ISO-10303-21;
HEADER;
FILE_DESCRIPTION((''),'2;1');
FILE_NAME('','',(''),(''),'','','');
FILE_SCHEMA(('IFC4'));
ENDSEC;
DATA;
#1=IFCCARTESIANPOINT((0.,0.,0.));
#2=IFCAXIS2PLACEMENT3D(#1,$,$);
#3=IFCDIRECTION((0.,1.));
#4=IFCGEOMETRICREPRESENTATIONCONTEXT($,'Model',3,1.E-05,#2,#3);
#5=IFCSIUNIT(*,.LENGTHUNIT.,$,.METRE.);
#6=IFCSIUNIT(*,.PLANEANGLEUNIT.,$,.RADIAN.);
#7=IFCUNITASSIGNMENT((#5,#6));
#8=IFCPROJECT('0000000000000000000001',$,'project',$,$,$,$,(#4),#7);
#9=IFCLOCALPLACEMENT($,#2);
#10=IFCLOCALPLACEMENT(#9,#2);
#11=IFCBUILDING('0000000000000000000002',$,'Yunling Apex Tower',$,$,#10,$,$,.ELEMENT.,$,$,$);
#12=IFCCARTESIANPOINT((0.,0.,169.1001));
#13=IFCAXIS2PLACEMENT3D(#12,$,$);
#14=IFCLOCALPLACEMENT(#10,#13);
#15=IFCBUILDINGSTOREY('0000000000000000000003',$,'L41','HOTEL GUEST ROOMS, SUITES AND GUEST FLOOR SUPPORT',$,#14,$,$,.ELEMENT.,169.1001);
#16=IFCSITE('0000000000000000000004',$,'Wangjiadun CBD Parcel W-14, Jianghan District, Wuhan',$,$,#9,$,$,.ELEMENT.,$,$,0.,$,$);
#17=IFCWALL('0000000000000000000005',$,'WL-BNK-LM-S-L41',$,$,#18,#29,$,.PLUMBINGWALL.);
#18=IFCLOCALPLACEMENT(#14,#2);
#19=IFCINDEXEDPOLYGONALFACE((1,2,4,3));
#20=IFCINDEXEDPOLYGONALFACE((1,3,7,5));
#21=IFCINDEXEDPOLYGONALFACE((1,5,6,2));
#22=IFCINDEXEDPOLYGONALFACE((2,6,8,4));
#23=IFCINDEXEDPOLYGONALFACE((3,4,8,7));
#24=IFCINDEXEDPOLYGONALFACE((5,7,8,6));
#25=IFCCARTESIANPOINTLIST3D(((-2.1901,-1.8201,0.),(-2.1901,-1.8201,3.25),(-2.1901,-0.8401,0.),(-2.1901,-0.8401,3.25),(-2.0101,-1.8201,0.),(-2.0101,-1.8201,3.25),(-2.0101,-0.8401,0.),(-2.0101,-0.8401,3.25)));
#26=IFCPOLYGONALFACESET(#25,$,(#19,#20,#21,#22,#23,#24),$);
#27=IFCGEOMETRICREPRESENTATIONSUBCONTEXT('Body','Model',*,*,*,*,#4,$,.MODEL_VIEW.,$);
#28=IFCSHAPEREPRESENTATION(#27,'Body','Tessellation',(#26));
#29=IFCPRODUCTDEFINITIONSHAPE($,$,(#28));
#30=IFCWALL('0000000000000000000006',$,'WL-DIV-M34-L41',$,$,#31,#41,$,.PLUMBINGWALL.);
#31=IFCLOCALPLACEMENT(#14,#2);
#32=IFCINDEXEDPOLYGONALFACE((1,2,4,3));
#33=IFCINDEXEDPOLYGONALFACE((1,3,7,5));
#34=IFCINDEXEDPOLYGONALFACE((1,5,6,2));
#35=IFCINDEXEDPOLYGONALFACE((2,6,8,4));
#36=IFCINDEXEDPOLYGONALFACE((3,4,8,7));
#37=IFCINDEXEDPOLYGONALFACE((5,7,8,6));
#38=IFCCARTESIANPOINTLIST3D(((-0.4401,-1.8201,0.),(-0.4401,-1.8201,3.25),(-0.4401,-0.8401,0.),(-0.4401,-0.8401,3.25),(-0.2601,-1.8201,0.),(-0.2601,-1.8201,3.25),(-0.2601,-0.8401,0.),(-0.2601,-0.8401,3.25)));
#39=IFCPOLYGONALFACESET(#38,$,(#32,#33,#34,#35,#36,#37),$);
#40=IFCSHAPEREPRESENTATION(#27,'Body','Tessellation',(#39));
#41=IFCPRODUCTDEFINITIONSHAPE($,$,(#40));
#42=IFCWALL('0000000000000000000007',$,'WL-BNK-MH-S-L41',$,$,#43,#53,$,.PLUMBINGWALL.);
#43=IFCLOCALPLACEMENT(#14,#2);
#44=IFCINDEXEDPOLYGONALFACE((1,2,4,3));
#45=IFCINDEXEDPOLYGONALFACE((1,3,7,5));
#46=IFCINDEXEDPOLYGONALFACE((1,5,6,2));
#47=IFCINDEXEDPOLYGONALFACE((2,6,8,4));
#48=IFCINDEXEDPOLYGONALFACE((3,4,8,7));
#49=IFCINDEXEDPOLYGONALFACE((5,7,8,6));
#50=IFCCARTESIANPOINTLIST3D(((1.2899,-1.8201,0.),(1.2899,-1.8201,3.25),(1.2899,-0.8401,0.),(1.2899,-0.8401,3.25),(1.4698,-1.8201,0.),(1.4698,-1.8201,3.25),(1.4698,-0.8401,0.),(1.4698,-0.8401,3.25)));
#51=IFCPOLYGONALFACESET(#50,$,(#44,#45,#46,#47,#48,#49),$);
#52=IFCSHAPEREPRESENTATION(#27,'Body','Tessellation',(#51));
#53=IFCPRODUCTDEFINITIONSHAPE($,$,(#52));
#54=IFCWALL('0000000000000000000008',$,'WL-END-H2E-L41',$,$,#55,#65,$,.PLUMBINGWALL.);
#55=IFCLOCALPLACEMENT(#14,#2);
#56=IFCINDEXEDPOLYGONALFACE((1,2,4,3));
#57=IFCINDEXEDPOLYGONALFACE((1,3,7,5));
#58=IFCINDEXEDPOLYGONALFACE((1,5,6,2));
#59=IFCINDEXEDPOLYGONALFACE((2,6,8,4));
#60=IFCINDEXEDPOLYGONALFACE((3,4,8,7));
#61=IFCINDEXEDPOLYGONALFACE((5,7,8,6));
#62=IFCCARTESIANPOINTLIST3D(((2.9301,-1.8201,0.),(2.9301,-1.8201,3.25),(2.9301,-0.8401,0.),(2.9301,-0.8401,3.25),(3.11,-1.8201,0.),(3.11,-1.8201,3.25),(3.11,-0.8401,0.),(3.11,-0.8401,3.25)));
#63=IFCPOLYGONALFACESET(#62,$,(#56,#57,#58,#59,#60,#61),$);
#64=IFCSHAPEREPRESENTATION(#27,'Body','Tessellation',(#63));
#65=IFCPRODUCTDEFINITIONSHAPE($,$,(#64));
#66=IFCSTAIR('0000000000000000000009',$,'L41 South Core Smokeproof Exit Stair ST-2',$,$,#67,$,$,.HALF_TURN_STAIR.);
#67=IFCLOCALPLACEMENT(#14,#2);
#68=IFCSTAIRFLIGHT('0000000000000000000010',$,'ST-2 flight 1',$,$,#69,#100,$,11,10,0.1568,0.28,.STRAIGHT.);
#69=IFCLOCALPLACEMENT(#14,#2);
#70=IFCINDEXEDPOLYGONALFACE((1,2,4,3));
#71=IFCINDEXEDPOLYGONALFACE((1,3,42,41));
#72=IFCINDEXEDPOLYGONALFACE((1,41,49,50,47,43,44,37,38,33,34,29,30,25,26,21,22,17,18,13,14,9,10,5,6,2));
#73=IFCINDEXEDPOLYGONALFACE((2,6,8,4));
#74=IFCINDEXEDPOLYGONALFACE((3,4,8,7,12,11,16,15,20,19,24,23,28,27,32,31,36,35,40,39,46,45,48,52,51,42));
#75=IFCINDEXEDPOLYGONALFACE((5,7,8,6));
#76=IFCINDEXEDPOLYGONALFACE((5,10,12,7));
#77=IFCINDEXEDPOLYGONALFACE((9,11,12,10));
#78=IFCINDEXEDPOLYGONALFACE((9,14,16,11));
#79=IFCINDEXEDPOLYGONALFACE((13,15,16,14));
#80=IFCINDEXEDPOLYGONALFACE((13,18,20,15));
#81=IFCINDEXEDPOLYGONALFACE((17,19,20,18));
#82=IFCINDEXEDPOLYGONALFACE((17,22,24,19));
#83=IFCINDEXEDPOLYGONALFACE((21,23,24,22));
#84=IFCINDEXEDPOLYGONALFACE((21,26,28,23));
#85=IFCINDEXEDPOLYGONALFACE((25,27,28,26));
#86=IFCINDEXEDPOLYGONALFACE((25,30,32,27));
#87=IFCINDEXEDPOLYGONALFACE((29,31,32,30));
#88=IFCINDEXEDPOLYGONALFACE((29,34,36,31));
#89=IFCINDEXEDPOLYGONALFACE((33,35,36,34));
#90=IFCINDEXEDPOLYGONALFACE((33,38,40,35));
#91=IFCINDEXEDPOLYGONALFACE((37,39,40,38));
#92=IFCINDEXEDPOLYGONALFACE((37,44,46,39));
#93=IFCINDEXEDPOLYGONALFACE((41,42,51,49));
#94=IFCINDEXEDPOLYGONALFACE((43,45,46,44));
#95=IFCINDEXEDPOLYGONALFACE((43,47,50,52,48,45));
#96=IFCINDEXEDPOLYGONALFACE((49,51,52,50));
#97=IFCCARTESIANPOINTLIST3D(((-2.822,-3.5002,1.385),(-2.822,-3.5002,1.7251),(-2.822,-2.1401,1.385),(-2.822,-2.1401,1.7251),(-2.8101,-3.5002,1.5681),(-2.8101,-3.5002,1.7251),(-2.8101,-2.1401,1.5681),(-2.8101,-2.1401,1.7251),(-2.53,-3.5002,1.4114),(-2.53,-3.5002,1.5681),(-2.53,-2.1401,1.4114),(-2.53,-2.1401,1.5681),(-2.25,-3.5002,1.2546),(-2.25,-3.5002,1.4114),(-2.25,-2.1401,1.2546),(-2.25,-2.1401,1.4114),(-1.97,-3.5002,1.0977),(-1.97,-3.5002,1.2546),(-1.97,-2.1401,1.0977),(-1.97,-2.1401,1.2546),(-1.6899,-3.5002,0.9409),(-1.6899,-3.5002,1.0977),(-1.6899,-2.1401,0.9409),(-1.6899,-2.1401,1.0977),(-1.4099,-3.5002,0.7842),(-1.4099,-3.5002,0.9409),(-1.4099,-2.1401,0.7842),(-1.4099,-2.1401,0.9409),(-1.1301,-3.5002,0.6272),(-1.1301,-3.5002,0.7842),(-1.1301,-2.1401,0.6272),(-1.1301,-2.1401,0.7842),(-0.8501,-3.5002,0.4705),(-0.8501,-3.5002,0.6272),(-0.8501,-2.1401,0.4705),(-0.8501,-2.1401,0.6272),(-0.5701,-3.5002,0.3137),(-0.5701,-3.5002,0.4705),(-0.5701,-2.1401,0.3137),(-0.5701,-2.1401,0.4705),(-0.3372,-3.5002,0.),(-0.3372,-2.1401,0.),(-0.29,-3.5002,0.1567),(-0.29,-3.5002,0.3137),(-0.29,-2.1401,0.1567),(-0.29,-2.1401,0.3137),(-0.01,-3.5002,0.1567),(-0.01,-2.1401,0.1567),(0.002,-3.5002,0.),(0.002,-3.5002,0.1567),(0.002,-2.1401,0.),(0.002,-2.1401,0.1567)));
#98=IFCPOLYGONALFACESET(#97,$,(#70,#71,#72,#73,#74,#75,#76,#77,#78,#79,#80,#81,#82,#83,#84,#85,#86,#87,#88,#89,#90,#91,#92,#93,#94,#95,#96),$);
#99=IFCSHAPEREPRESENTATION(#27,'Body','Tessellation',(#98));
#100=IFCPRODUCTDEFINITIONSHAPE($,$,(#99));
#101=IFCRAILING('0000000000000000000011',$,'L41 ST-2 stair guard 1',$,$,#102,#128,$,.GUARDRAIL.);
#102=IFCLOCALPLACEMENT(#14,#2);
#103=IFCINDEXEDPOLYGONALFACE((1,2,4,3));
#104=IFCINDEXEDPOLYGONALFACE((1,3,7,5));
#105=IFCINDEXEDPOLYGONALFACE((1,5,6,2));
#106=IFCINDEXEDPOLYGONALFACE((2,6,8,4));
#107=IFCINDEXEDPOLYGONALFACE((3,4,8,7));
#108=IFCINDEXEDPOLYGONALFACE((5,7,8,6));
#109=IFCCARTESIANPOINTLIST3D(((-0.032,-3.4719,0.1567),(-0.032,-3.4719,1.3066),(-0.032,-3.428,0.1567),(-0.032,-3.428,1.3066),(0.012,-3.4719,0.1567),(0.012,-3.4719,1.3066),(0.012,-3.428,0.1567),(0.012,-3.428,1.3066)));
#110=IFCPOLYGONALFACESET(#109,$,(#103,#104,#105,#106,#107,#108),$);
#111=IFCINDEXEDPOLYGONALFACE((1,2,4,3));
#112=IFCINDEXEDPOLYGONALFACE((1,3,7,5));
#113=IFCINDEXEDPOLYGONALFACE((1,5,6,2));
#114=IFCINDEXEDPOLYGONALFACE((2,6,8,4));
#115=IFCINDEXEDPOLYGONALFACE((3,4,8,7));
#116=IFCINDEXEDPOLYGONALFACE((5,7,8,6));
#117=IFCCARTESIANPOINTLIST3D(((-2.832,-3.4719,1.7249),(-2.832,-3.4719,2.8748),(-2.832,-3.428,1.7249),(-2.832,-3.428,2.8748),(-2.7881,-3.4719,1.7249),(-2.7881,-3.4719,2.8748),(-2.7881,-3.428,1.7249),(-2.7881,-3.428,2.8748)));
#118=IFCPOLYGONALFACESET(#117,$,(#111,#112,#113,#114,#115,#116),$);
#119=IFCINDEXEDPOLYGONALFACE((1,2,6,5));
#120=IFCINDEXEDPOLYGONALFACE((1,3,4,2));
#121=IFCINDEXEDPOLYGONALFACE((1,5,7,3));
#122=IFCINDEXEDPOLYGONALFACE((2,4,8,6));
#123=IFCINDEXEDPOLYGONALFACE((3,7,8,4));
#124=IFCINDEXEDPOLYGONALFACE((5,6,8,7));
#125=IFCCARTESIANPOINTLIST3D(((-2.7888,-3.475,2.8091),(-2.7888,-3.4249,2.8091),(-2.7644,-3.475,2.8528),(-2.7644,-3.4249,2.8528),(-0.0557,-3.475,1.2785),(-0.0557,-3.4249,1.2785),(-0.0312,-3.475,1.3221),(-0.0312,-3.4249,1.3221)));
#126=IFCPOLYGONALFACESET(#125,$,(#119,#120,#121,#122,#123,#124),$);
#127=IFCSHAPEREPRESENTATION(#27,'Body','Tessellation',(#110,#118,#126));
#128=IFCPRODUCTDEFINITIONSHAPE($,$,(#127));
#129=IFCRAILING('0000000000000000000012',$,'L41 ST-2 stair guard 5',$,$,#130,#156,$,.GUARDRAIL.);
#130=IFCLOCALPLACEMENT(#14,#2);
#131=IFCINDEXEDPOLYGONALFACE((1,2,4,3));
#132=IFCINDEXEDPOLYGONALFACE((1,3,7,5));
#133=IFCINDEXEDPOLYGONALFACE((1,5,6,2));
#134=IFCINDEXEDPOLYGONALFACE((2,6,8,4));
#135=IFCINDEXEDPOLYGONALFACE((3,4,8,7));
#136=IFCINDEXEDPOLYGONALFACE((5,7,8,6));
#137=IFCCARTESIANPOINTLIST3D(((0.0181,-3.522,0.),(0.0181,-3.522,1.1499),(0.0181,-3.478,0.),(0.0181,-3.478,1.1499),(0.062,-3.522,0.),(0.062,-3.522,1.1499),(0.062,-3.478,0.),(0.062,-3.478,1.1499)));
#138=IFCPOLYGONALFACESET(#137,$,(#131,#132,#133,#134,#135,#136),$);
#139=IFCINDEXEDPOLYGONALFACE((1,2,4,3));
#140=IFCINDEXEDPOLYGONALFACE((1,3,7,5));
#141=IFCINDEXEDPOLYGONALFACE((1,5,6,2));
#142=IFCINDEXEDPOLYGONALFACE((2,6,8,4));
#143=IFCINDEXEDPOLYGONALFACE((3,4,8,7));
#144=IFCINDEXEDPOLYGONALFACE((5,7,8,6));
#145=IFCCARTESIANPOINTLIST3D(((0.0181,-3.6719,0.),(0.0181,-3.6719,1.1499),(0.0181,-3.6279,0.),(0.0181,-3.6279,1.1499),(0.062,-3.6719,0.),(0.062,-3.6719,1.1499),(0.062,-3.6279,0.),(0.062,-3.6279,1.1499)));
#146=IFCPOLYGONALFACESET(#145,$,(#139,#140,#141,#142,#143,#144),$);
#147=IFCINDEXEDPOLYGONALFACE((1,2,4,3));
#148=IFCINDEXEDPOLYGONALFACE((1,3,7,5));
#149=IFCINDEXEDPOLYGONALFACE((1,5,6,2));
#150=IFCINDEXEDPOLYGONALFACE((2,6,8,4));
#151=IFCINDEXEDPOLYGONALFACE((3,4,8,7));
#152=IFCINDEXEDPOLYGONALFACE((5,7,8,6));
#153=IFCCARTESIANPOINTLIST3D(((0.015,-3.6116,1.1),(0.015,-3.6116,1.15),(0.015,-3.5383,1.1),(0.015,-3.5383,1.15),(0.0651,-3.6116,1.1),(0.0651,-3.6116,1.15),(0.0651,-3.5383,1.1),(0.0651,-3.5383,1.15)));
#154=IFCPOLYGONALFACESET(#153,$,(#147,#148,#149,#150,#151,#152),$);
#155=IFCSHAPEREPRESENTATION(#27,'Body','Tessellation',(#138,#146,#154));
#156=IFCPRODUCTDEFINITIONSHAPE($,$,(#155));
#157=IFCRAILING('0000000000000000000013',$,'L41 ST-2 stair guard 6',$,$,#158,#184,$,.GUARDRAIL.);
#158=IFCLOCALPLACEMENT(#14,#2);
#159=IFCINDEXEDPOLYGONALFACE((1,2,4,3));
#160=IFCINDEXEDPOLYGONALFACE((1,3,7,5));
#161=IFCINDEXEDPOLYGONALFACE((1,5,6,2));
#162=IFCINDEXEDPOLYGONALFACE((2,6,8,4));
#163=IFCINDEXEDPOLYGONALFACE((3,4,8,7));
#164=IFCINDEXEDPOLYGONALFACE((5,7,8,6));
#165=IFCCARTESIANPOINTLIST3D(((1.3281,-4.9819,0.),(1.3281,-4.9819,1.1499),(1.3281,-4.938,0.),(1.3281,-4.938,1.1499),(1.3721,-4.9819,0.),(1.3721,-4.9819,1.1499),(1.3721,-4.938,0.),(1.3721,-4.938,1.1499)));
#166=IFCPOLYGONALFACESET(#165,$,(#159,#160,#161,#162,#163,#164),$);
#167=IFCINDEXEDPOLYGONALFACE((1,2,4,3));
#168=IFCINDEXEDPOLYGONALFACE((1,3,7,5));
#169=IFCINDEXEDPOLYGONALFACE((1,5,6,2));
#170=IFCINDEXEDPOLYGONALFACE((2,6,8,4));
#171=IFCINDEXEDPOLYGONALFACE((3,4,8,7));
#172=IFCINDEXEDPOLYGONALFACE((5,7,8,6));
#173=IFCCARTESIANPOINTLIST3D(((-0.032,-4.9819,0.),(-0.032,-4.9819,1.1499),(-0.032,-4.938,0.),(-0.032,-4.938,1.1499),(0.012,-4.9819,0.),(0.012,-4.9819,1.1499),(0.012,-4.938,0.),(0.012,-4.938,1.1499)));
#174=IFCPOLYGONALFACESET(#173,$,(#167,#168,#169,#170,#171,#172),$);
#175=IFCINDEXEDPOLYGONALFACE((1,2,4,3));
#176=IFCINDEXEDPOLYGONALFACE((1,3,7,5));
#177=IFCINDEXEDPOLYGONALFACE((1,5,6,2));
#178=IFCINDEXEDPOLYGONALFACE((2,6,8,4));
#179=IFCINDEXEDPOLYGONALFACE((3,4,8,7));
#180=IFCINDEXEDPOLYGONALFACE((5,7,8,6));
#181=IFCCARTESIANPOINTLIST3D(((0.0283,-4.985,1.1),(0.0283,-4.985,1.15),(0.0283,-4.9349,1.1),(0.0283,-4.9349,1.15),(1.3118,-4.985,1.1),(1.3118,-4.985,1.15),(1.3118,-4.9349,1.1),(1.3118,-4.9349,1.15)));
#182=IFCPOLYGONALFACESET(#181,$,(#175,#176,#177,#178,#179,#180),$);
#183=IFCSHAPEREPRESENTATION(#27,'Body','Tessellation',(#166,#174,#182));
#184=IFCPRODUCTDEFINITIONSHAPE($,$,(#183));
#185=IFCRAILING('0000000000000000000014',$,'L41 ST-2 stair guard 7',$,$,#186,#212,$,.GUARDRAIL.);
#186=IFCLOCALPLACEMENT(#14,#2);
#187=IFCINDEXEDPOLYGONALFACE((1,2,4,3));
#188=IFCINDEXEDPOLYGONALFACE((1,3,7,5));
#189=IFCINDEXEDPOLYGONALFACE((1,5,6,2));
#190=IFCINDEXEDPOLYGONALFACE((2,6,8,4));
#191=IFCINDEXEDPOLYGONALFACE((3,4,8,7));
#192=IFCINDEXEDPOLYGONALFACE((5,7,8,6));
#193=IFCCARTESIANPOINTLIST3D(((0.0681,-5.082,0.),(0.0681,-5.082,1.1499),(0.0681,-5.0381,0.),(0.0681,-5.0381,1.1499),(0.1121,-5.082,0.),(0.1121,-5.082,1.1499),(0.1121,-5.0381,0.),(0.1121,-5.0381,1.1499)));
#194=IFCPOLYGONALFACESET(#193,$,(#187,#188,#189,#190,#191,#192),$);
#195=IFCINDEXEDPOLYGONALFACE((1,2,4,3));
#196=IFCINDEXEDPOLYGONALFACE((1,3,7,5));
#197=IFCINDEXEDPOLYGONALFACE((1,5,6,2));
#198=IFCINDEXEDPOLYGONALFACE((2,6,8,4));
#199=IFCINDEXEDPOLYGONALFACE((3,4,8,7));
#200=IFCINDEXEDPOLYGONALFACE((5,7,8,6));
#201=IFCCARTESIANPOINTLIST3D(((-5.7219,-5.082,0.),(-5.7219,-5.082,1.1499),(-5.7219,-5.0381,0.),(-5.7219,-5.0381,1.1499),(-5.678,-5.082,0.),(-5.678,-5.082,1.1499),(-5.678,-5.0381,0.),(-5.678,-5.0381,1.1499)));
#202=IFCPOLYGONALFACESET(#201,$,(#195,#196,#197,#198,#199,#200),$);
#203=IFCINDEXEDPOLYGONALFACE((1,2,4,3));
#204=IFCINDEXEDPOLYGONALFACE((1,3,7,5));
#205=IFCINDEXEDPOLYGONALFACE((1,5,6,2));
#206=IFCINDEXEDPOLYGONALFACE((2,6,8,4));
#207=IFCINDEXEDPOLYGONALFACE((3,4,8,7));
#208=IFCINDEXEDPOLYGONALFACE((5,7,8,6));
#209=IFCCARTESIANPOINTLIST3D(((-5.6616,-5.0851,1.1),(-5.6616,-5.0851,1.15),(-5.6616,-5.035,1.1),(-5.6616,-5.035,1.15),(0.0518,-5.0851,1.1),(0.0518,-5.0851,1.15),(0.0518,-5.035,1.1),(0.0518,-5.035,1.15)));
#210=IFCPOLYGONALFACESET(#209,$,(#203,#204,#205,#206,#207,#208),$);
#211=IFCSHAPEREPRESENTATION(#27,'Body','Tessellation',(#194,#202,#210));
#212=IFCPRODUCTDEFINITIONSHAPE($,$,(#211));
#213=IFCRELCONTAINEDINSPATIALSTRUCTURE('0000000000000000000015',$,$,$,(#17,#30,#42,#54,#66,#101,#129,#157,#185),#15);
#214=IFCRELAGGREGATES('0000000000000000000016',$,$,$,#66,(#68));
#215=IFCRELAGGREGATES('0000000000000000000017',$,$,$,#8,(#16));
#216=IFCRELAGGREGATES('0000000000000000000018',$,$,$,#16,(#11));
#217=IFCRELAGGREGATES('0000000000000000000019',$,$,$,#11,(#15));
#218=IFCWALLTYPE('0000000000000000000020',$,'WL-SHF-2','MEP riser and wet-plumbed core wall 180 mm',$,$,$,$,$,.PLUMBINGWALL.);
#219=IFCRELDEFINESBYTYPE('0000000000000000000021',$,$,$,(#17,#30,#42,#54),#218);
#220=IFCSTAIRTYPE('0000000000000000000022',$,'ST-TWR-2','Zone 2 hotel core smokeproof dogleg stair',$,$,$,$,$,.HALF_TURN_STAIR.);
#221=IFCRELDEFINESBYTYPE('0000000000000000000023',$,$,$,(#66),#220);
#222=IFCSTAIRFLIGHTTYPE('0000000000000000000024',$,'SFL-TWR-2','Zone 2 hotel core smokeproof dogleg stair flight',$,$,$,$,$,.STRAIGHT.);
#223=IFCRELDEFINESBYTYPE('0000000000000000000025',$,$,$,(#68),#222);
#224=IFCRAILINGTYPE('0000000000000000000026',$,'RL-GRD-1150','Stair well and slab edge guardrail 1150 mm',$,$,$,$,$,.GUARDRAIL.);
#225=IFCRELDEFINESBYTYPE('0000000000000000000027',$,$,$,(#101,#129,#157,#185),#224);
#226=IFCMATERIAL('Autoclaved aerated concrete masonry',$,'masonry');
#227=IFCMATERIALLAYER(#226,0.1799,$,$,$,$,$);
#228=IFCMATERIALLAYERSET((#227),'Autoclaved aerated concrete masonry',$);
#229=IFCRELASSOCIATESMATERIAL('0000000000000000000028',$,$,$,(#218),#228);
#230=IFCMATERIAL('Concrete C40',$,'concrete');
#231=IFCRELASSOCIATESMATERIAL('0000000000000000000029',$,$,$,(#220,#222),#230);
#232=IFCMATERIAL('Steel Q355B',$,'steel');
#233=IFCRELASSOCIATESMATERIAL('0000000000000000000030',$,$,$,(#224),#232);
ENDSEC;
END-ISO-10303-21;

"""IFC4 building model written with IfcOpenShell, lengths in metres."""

from ifc_helpers import new_model, si_unit, direction, frame, frame_2d, origin, origin_2d, place, context, subcontext, project, spatial, polyline, rectangle, outline, extrude, material, layer, layer_set, type_object, element, aggregate, save


model = new_model("IFC4")

# Units and contexts
model_context = context("Model", 3, precision=1e-05, world=origin(), true_north=direction((0.0, 1.0)))
body_context = subcontext(model_context, "Body", "Model", "MODEL_VIEW")
ifc_project = project(units=[si_unit("LENGTHUNIT", "METRE"), si_unit("PLANEANGLEUNIT", "RADIAN")], contexts=[model_context])

# Site, building, storey
site_placement = place(None, origin())
site = spatial("IfcSite", under=ifc_project, at=site_placement, Name="Wangjiadun CBD Parcel W-14, Jianghan District, Wuhan", CompositionType="ELEMENT", RefElevation=0.0)
building_placement = place(site_placement, origin())
building = spatial("IfcBuilding", under=site, at=building_placement, Name="Yunling Apex Tower", CompositionType="ELEMENT")
storey_placement = place(building_placement, frame((0.0, 0.0, 169.1001)))
storey = spatial("IfcBuildingStorey", under=building, at=storey_placement, Name="L41", Description="HOTEL GUEST ROOMS, SUITES AND GUEST FLOOR SUPPORT", CompositionType="ELEMENT", Elevation=169.1001)

# Shared definitions
ifc_material_1 = material(Name="Concrete C40", Category="concrete")

# Shared definitions
ifc_material_2 = material(Name="Autoclaved aerated concrete masonry", Category="masonry")
ifc_material_3 = material(Name="Steel Q355B", Category="steel")

# Walls
ifc_layer_1 = layer(ifc_material_2, 0.1799)
ifc_layer_set_1 = layer_set([ifc_layer_1], Name="Autoclaved aerated concrete masonry")
wall_type_1 = type_object("IfcWallType", Name="WL-SHF-2", Description="MEP riser and wet-plumbed core wall 180 mm", PredefinedType="PLUMBINGWALL", material=ifc_layer_set_1)
for number, where, z_axis, x_axis, name in (
    (1, (-2.1001, -1.8201, 0.0), (0.0, 0.0, 1.0), (0.0, 1.0, 0.0), "WL-BNK-LM-S-L41"),
    (2, (-0.3501, -1.8201, 0.0), (0.0, 0.0, 1.0), (0.0, 1.0, 0.0), "WL-DIV-M34-L41"),
    (3, (1.3799, -1.8201, 0.0), (0.0, 0.0, 1.0), (0.0, 1.0, 0.0), "WL-BNK-MH-S-L41"),
    (4, (3.02, -1.8201, 0.0), (0.0, 0.0, 1.0), (0.0, 1.0, 0.0), "WL-END-H2E-L41"),
):
    element("IfcWall", number, at=place(storey_placement, frame(where, z_axis=z_axis, x_axis=x_axis)), inside=storey, type_object=wall_type_1, Name=name, PredefinedType="PLUMBINGWALL", context=body_context, shape_type="SweptSolid", body=[
        extrude(rectangle(XDim=0.98, YDim=0.1799, at=frame_2d((0.49, 0.0))), origin(), (0.0, 0.0, 1.0), 3.25),
    ])

# Stair, stair flight
stair_type = type_object("IfcStairType", Name="ST-TWR-2", Description="Zone 2 hotel core smokeproof dogleg stair", PredefinedType="HALF_TURN_STAIR", material=ifc_material_1)
stair_placement = place(storey_placement, origin())
stair = element("IfcStair", 5, at=stair_placement, inside=storey, type_object=stair_type, Name="L41 South Core Smokeproof Exit Stair ST-2", PredefinedType="HALF_TURN_STAIR")
stair_flight_type = type_object("IfcStairFlightType", Name="SFL-TWR-2", Description="Zone 2 hotel core smokeproof dogleg stair flight", PredefinedType="STRAIGHT", material=ifc_material_1)
stair_flight_placement = place(storey_placement, frame((-0.01, -2.8201, 0.0), z_axis=(0.0, 0.0, 1.0), x_axis=(-1.0, 0.0, 0.0)))
stair_flight = element("IfcStairFlight", 6, at=stair_flight_placement, type_object=stair_flight_type, Name="ST-2 flight 1", NumberOfRisers=11, NumberOfTreads=10, PredefinedType="STRAIGHT", RiserHeight=0.1568, TreadLength=0.28, context=body_context, shape_type="SweptSolid", body=[
    extrude(outline(polyline([(-0.012, 0.0), (-0.012, 0.1567), (0.0, 0.1567), (0.28, 0.1567), (0.28, 0.3137), (0.5601, 0.3137), (0.5601, 0.4705), (0.8401, 0.4705), (0.8401, 0.6272), (1.1201, 0.6272), (1.1201, 0.7842), (1.3999, 0.7842), (1.3999, 0.9409), (1.6799, 0.9409), (1.6799, 1.0977), (1.96, 1.0977), (1.96, 1.2546), (2.24, 1.2546), (2.24, 1.4114), (2.52, 1.4114), (2.52, 1.5681), (2.8, 1.5681), (2.8, 1.7251), (2.812, 1.7251), (2.812, 1.385), (0.3271, 0.0), (-0.012, 0.0)])), frame((0.0, 0.6802, 0.0), z_axis=(0.0, -1.0, 0.0), x_axis=(1.0, 0.0, 0.0)), (0.0, 0.0, 1.0), 1.3601),
])
aggregate(stair, [stair_flight])

# Railings
railing_type_1 = type_object("IfcRailingType", Name="RL-GRD-1150", Description="Stair well and slab edge guardrail 1150 mm", PredefinedType="GUARDRAIL", material=ifc_material_3)
railing_1_placement = place(storey_placement, frame((-0.01, -3.45, 0.1567)))
element("IfcRailing", 7, at=railing_1_placement, inside=storey, type_object=railing_type_1, Name="L41 ST-2 stair guard 1", PredefinedType="GUARDRAIL", context=body_context, shape_type="SweptSolid", body=[
    extrude(rectangle(XDim=0.0439, YDim=0.0439, at=origin_2d()), origin(), (0.0, 0.0, 1.0), 1.1499),
    extrude(rectangle(XDim=0.0439, YDim=0.0439, at=origin_2d()), frame((-2.8, 0.0, 1.5681)), (0.0, 0.0, 1.0), 1.1499),
    extrude(rectangle(XDim=0.05, YDim=0.05, at=origin_2d()), frame((-0.0334, 0.0, 1.1436), z_axis=(-0.872494, 0.0, 0.488624), x_axis=(0.0, -1.0, 0.0)), (0.0, 0.0, 1.0), 3.1326),
])
railing_2_placement = place(storey_placement, frame((0.04, -3.5, 0.0)))
element("IfcRailing", 8, at=railing_2_placement, inside=storey, type_object=railing_type_1, Name="L41 ST-2 stair guard 5", PredefinedType="GUARDRAIL", context=body_context, shape_type="SweptSolid", body=[
    extrude(rectangle(XDim=0.0439, YDim=0.0439, at=origin_2d()), origin(), (0.0, 0.0, 1.0), 1.1499),
    extrude(rectangle(XDim=0.0439, YDim=0.0439, at=origin_2d()), frame((0.0, -0.1499, 0.0)), (0.0, 0.0, 1.0), 1.1499),
    extrude(rectangle(XDim=0.05, YDim=0.05, at=origin_2d()), frame((0.0, -0.0383, 1.125), z_axis=(0.0, -1.0, 0.0), x_axis=(1.0, 0.0, 0.0)), (0.0, 0.0, 1.0), 0.0732),
])
railing_3_placement = place(storey_placement, frame((1.3501, -4.96, 0.0)))
element("IfcRailing", 9, at=railing_3_placement, inside=storey, type_object=railing_type_1, Name="L41 ST-2 stair guard 6", PredefinedType="GUARDRAIL", context=body_context, shape_type="SweptSolid", body=[
    extrude(rectangle(XDim=0.0439, YDim=0.0439, at=origin_2d()), origin(), (0.0, 0.0, 1.0), 1.1499),
    extrude(rectangle(XDim=0.0439, YDim=0.0439, at=origin_2d()), frame((-1.3601, 0.0, 0.0)), (0.0, 0.0, 1.0), 1.1499),
    extrude(rectangle(XDim=0.05, YDim=0.05, at=origin_2d()), frame((-0.0383, 0.0, 1.125), z_axis=(-1.0, 0.0, 0.0), x_axis=(0.0, -1.0, 0.0)), (0.0, 0.0, 1.0), 1.2834),
])
railing_4_placement = place(storey_placement, frame((0.0901, -5.0601, 0.0)))
element("IfcRailing", 10, at=railing_4_placement, inside=storey, type_object=railing_type_1, Name="L41 ST-2 stair guard 7", PredefinedType="GUARDRAIL", context=body_context, shape_type="SweptSolid", body=[
    extrude(rectangle(XDim=0.0439, YDim=0.0439, at=origin_2d()), origin(), (0.0, 0.0, 1.0), 1.1499),
    extrude(rectangle(XDim=0.0439, YDim=0.0439, at=origin_2d()), frame((-5.79, 0.0, 0.0)), (0.0, 0.0, 1.0), 1.1499),
    extrude(rectangle(XDim=0.05, YDim=0.05, at=origin_2d()), frame((-0.0383, 0.0, 1.125), z_axis=(-1.0, 0.0, 0.0), x_axis=(0.0, -1.0, 0.0)), (0.0, 0.0, 1.0), 5.7134),
])

save(model, "model.ifc")
